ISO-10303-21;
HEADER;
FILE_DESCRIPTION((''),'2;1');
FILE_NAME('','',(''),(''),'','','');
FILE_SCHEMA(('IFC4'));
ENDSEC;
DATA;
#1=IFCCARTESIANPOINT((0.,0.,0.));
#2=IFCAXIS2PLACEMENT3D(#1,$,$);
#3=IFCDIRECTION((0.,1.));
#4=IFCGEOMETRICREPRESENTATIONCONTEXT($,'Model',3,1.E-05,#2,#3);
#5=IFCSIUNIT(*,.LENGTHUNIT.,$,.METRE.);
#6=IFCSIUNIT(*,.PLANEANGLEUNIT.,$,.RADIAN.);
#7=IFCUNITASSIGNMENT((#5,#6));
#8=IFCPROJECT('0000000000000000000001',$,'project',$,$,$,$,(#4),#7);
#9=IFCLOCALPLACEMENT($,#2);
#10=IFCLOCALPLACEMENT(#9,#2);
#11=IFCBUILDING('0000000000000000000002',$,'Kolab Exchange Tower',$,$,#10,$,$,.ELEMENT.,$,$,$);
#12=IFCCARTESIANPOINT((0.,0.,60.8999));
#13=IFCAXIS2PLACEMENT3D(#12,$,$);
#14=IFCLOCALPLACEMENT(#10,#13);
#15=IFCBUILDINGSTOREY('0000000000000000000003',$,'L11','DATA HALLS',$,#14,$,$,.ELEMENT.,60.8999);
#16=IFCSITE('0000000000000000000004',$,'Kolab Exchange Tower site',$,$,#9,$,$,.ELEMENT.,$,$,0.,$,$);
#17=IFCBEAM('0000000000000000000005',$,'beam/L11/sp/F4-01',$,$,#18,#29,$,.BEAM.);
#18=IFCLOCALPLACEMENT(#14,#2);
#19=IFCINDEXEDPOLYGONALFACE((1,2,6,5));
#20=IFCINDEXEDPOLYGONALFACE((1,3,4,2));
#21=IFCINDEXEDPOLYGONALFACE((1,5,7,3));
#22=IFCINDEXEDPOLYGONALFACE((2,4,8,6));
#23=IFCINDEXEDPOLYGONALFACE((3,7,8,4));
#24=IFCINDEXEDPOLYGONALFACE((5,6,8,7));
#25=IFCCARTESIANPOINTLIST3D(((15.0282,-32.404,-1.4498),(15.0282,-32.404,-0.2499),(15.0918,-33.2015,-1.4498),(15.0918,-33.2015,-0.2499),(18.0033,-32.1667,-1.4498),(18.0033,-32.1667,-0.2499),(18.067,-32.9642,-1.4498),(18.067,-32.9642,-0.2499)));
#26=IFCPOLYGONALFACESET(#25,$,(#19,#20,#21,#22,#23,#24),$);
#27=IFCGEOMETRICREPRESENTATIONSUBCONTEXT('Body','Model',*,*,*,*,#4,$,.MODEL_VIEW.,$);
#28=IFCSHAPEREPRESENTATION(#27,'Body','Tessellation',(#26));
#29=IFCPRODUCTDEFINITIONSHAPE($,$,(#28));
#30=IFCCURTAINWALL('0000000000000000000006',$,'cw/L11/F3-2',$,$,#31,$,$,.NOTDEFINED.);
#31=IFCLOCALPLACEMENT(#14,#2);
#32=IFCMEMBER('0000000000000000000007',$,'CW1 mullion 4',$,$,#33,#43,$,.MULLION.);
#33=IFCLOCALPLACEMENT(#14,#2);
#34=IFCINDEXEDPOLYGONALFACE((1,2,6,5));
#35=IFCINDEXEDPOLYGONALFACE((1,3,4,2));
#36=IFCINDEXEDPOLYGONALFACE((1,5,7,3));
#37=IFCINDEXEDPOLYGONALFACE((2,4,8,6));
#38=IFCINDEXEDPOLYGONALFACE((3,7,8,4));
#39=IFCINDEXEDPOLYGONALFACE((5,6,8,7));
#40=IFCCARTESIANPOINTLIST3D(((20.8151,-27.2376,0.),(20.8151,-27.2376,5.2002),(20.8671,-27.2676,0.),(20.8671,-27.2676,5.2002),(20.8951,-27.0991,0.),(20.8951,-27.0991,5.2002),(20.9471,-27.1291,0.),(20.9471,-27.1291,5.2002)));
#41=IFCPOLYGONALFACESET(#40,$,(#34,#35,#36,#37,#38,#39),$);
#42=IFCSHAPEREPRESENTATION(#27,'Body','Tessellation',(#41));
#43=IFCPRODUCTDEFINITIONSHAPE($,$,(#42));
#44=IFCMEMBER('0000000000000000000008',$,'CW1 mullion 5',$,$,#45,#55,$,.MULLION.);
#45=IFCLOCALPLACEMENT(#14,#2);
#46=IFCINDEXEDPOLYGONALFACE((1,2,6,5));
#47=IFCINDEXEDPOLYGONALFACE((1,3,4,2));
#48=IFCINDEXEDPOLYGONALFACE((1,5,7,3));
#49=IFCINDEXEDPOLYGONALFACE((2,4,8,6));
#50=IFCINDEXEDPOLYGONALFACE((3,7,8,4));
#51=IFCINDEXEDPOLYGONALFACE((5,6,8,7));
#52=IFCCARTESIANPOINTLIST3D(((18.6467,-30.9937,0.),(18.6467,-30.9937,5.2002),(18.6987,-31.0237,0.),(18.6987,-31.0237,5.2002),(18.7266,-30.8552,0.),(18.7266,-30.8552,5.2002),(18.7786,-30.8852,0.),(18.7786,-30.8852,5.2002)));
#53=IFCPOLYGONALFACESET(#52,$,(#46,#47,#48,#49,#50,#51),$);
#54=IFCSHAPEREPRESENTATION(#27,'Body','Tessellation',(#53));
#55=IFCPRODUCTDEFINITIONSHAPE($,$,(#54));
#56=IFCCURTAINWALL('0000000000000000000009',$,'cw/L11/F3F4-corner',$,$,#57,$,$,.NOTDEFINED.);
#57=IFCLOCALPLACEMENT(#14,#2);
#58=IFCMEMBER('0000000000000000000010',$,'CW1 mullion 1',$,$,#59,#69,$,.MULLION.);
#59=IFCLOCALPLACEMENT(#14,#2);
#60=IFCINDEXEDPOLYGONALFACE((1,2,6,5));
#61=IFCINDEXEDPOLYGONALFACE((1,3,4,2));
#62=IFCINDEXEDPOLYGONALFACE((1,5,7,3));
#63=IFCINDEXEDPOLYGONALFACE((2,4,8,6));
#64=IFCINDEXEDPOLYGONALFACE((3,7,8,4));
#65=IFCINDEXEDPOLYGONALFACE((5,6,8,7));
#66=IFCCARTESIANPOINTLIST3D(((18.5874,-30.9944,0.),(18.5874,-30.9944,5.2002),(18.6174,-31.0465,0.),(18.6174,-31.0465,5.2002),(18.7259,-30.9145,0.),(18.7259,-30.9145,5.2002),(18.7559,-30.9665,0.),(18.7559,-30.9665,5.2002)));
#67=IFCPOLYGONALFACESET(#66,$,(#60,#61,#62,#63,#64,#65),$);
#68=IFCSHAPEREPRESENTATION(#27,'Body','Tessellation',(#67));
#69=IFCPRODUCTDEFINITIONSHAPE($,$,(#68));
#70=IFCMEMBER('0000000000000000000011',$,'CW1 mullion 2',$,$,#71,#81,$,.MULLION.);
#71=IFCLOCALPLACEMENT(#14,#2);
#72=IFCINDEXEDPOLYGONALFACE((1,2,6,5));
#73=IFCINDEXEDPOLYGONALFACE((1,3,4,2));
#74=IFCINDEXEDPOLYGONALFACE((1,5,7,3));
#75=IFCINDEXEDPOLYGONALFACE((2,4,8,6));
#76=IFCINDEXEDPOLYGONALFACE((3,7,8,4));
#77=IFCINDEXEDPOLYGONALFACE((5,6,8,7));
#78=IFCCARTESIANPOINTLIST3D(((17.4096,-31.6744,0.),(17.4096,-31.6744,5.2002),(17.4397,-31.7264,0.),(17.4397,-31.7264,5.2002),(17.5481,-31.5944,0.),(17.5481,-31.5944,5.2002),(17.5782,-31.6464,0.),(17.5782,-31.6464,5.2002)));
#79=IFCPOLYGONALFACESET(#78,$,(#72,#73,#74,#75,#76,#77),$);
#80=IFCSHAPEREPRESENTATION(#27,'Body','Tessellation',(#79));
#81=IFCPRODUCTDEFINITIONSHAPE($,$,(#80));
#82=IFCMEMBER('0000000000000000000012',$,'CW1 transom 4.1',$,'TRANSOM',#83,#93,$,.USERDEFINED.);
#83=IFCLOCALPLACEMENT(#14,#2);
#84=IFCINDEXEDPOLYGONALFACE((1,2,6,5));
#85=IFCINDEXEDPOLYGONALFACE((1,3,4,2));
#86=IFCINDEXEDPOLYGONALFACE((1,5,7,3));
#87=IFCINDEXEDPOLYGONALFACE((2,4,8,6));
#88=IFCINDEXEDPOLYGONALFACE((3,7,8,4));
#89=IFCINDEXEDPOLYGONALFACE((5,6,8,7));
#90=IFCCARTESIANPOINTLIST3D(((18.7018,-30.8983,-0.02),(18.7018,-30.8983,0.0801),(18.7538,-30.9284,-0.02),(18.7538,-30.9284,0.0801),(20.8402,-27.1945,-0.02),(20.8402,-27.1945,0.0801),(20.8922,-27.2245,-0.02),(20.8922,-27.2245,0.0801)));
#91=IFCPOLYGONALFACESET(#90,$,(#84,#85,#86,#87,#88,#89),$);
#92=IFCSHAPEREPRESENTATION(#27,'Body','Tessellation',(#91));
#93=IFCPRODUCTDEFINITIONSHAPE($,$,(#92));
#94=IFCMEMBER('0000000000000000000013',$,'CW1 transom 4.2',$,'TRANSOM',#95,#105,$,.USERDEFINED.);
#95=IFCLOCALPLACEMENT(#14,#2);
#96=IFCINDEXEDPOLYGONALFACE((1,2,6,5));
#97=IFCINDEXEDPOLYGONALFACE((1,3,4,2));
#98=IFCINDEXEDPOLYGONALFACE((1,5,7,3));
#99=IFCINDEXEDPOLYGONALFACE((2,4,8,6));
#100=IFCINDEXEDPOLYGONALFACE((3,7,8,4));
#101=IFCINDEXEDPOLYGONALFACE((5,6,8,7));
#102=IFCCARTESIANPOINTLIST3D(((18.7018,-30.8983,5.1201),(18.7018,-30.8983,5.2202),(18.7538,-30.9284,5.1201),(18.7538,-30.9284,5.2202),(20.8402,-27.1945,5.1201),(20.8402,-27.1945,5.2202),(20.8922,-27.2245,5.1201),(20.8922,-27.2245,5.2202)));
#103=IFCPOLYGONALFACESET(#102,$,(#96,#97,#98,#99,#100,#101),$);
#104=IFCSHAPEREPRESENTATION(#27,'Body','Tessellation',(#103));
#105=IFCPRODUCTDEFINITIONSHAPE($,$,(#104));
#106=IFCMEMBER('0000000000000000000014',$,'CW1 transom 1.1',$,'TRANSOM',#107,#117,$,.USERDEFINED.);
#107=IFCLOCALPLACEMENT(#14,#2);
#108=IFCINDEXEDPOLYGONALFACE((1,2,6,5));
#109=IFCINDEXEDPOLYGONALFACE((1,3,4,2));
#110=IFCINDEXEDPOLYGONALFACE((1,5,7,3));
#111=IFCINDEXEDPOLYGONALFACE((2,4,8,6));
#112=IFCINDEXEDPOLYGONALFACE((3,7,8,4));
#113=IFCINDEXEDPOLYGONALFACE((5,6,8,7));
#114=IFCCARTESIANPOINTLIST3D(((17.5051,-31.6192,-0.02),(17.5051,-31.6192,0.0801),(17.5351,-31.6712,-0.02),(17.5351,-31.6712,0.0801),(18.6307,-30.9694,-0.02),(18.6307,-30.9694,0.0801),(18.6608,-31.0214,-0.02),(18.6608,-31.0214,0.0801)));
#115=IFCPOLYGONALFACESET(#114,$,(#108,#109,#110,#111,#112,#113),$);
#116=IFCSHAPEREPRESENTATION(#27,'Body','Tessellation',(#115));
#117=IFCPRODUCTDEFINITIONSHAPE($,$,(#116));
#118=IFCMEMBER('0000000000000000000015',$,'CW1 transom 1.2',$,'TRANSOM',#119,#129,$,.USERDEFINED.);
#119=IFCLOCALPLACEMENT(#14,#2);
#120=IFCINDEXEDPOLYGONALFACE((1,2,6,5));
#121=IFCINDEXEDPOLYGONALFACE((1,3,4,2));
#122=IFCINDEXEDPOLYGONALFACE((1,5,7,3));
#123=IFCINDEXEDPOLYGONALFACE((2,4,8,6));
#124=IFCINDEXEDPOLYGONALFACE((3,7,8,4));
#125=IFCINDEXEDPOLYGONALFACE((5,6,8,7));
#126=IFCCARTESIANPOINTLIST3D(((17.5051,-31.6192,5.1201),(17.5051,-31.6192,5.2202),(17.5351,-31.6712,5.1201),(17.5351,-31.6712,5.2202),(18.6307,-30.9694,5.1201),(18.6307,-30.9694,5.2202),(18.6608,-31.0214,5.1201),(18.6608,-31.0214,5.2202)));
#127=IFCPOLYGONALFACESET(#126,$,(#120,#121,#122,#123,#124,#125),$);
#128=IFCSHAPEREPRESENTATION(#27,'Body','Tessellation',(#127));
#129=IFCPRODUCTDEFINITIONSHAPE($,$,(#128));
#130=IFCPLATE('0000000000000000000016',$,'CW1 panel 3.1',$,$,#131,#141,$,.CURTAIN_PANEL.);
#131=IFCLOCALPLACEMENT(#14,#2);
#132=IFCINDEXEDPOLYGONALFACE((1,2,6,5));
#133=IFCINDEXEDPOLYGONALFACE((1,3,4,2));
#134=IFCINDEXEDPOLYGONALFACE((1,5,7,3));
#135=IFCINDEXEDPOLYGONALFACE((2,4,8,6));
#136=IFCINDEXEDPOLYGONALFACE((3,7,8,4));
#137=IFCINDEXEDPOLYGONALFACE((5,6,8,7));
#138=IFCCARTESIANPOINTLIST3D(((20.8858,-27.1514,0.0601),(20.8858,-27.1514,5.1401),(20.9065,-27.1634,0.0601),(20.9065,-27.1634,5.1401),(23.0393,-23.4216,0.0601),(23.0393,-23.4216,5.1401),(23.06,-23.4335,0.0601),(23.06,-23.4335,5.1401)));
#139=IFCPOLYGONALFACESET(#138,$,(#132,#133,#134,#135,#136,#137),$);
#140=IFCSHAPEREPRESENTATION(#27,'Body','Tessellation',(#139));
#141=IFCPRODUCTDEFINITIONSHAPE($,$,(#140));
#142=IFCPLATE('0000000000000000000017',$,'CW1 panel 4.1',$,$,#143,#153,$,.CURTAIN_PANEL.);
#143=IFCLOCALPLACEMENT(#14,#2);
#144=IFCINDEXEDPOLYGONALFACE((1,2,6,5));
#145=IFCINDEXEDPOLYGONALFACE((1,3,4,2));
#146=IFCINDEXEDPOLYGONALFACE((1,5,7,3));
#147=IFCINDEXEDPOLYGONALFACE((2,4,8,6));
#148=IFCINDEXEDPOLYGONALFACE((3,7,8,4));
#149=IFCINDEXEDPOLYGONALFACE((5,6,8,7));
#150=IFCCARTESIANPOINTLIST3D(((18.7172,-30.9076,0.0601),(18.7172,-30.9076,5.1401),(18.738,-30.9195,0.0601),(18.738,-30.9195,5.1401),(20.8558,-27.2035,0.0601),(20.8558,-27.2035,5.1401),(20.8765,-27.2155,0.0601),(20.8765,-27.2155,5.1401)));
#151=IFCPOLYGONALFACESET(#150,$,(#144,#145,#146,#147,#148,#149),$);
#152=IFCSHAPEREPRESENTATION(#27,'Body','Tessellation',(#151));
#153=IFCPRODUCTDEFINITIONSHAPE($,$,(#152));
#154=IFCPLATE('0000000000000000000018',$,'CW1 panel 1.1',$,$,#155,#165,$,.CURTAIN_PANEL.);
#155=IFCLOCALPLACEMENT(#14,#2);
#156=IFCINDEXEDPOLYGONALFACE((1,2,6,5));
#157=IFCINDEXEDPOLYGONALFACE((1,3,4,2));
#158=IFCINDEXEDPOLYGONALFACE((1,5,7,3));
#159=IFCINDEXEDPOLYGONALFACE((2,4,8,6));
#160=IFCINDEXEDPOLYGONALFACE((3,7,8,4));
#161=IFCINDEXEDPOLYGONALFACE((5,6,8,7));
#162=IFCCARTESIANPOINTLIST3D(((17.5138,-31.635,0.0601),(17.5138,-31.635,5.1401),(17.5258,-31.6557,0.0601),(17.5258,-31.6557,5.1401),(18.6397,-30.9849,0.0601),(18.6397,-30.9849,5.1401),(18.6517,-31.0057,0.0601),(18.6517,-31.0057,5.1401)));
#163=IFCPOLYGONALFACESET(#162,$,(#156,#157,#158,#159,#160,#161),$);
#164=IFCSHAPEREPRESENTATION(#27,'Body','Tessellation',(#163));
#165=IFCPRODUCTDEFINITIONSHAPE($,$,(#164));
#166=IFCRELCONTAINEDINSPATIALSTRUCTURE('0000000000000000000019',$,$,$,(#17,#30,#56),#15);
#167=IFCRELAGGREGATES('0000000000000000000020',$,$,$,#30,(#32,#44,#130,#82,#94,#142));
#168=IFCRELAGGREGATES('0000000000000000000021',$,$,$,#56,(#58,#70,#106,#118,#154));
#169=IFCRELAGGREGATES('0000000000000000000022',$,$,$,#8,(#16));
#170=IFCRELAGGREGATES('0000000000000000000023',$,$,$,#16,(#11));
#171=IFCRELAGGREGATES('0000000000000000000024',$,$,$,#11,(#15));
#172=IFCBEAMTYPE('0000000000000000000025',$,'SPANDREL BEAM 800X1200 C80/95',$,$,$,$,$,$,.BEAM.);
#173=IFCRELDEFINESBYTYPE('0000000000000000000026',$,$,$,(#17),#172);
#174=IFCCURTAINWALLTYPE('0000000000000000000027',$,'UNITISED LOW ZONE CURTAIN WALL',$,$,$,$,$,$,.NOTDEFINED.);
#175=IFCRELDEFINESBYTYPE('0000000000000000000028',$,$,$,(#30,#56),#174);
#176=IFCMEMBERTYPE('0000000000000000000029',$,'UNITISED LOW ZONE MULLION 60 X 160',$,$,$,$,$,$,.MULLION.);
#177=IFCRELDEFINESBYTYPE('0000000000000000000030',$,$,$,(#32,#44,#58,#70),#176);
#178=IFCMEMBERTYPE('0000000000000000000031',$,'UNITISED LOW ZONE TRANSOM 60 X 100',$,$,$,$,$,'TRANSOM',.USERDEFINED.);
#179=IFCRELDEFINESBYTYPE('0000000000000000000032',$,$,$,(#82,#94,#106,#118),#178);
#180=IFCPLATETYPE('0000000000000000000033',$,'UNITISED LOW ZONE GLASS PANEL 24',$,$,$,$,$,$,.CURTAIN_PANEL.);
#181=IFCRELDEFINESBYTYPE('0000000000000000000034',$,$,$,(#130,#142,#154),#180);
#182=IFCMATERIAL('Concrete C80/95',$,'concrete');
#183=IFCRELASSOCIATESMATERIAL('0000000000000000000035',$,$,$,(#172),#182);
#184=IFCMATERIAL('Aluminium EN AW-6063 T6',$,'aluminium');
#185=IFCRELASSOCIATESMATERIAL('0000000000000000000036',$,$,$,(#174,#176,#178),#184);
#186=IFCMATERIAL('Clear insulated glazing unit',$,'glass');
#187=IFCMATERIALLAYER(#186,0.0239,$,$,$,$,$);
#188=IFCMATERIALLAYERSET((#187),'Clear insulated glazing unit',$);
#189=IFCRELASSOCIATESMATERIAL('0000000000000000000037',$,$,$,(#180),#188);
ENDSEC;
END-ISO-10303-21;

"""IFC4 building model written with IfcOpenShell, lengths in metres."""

from ifc_helpers import new_model, si_unit, direction, frame, origin, origin_2d, place, context, subcontext, project, spatial, rectangle, extrude, material, layer, layer_set, material_profile, profile_set, type_object, element, aggregate, save


model = new_model("IFC4")

# Units and contexts
model_context = context("Model", 3, precision=1e-05, world=origin(), true_north=direction((0.0, 1.0)))
body_context = subcontext(model_context, "Body", "Model", "MODEL_VIEW")
ifc_project = project(units=[si_unit("LENGTHUNIT", "METRE"), si_unit("PLANEANGLEUNIT", "RADIAN")], contexts=[model_context])

# Site, building, storey
site_placement = place(None, origin())
site = spatial("IfcSite", under=ifc_project, at=site_placement, Name="Kolab Exchange Tower site", CompositionType="ELEMENT", RefElevation=0.0)
building_placement = place(site_placement, origin())
building = spatial("IfcBuilding", under=site, at=building_placement, Name="Kolab Exchange Tower", CompositionType="ELEMENT")
storey_placement = place(building_placement, frame((0.0, 0.0, 60.8999)))
storey = spatial("IfcBuildingStorey", under=building, at=storey_placement, Name="L11", Description="DATA HALLS", CompositionType="ELEMENT", Elevation=60.8999)

# Shared definitions
ifc_material_1 = material(Name="Concrete C80/95", Category="concrete")

# Beam
ifc_material_profile_1 = material_profile(ifc_material_1, rectangle(XDim=0.8, YDim=1.2, at=origin_2d()), Name="RC800X1200")
ifc_profile_set_1 = profile_set([ifc_material_profile_1], Name="Concrete C80/95")
beam_type_1 = type_object("IfcBeamType", Name="SPANDREL BEAM 800X1200 C80/95", PredefinedType="BEAM", material=ifc_profile_set_1)
beam_1_placement = place(storey_placement, frame((18.0352, -32.5654, -0.8499), z_axis=(-0.996834, -0.079511, 0.0), x_axis=(0.079511, -0.996834, 0.0)))
element("IfcBeam", 1, at=beam_1_placement, inside=storey, type_object=beam_type_1, Name="beam/L11/sp/F4-01", PredefinedType="BEAM", context=body_context, shape_type="SweptSolid", body=[
    extrude(rectangle(XDim=0.8, YDim=1.2, at=origin_2d()), origin(), (0.0, 0.0, 1.0), 2.9846),
])

# Curtain walls, members
ifc_material_2 = material(Name="Aluminium EN AW-6063 T6", Category="aluminium")
curtain_wall_type = type_object("IfcCurtainWallType", Name="UNITISED LOW ZONE CURTAIN WALL", PredefinedType="NOTDEFINED", material=ifc_material_2)
curtain_wall_1_placement = place(storey_placement, origin())
curtain_wall_1 = element("IfcCurtainWall", 2, at=curtain_wall_1_placement, inside=storey, type_object=curtain_wall_type, Name="cw/L11/F3-2", PredefinedType="NOTDEFINED")
ifc_material_profile_2 = material_profile(ifc_material_2, rectangle(XDim=0.0601, YDim=0.1599, at=origin_2d()), Name="RECT 60X160")
ifc_profile_set_2 = profile_set([ifc_material_profile_2], Name="Aluminium EN AW-6063 T6")
member_type_1 = type_object("IfcMemberType", Name="UNITISED LOW ZONE MULLION 60 X 160", PredefinedType="MULLION", material=ifc_profile_set_2)
member_1_placement = place(storey_placement, frame((20.8811, -27.1833, 0.0), z_axis=(0.0, 0.0, 1.0), x_axis=(0.866025, -0.5, 0.0)))
member_1 = element("IfcMember", 3, at=member_1_placement, type_object=member_type_1, Name="CW1 mullion 4", PredefinedType="MULLION", context=body_context, shape_type="SweptSolid", body=[
    extrude(rectangle(XDim=0.0601, YDim=0.1599, at=origin_2d()), origin(), (0.0, 0.0, 1.0), 5.2002),
])
member_2_placement = place(storey_placement, frame((18.7126, -30.9395, 0.0), z_axis=(0.0, 0.0, 1.0), x_axis=(0.866025, -0.5, 0.0)))
member_2 = element("IfcMember", 4, at=member_2_placement, type_object=member_type_1, Name="CW1 mullion 5", PredefinedType="MULLION", context=body_context, shape_type="SweptSolid", body=[
    extrude(rectangle(XDim=0.0601, YDim=0.1599, at=origin_2d()), origin(), (0.0, 0.0, 1.0), 5.2002),
])
curtain_wall_2_placement = place(storey_placement, origin())
curtain_wall_2 = element("IfcCurtainWall", 5, at=curtain_wall_2_placement, inside=storey, type_object=curtain_wall_type, Name="cw/L11/F3F4-corner", PredefinedType="NOTDEFINED")
member_3_placement = place(storey_placement, frame((18.6716, -30.9805, 0.0), z_axis=(0.0, 0.0, 1.0), x_axis=(0.5, -0.866025, 0.0)))
member_3 = element("IfcMember", 6, at=member_3_placement, type_object=member_type_1, Name="CW1 mullion 1", PredefinedType="MULLION", context=body_context, shape_type="SweptSolid", body=[
    extrude(rectangle(XDim=0.0601, YDim=0.1599, at=origin_2d()), origin(), (0.0, 0.0, 1.0), 5.2002),
])
member_4_placement = place(storey_placement, frame((17.4939, -31.6604, 0.0), z_axis=(0.0, 0.0, 1.0), x_axis=(0.5, -0.866025, 0.0)))
member_4 = element("IfcMember", 7, at=member_4_placement, type_object=member_type_1, Name="CW1 mullion 2", PredefinedType="MULLION", context=body_context, shape_type="SweptSolid", body=[
    extrude(rectangle(XDim=0.0601, YDim=0.1599, at=origin_2d()), origin(), (0.0, 0.0, 1.0), 5.2002),
])

# Members
ifc_material_profile_3 = material_profile(ifc_material_2, rectangle(XDim=0.0601, YDim=0.1001, at=origin_2d()), Name="RECT 60X100")
ifc_profile_set_3 = profile_set([ifc_material_profile_3], Name="Aluminium EN AW-6063 T6")
member_type_2 = type_object("IfcMemberType", Name="UNITISED LOW ZONE TRANSOM 60 X 100", ElementType="TRANSOM", PredefinedType="USERDEFINED", material=ifc_profile_set_3)
member_5_placement = place(storey_placement, frame((20.8662, -27.2095, 0.03), z_axis=(-0.500001, -0.866025, 0.0), x_axis=(0.866025, -0.500001, 0.0)))
member_5 = element("IfcMember", 8, at=member_5_placement, type_object=member_type_2, Name="CW1 transom 4.1", ObjectType="TRANSOM", PredefinedType="USERDEFINED", context=body_context, shape_type="SweptSolid", body=[
    extrude(rectangle(XDim=0.0601, YDim=0.1001, at=origin_2d()), origin(), (0.0, 0.0, 1.0), 4.2769),
])
member_6_placement = place(storey_placement, frame((20.8662, -27.2095, 5.1702), z_axis=(-0.500001, -0.866025, 0.0), x_axis=(0.866025, -0.500001, 0.0)))
member_6 = element("IfcMember", 9, at=member_6_placement, type_object=member_type_2, Name="CW1 transom 4.2", ObjectType="TRANSOM", PredefinedType="USERDEFINED", context=body_context, shape_type="SweptSolid", body=[
    extrude(rectangle(XDim=0.0601, YDim=0.1001, at=origin_2d()), origin(), (0.0, 0.0, 1.0), 4.2769),
])
member_7_placement = place(storey_placement, frame((18.6458, -30.9954, 0.03), z_axis=(-0.866039, -0.499977, 0.0), x_axis=(0.499977, -0.866039, 0.0)))
member_7 = element("IfcMember", 10, at=member_7_placement, type_object=member_type_2, Name="CW1 transom 1.1", ObjectType="TRANSOM", PredefinedType="USERDEFINED", context=body_context, shape_type="SweptSolid", body=[
    extrude(rectangle(XDim=0.0601, YDim=0.1001, at=origin_2d()), origin(), (0.0, 0.0, 1.0), 1.2998),
])
member_8_placement = place(storey_placement, frame((18.6458, -30.9954, 5.1702), z_axis=(-0.866039, -0.499977, 0.0), x_axis=(0.499977, -0.866039, 0.0)))
member_8 = element("IfcMember", 11, at=member_8_placement, type_object=member_type_2, Name="CW1 transom 1.2", ObjectType="TRANSOM", PredefinedType="USERDEFINED", context=body_context, shape_type="SweptSolid", body=[
    extrude(rectangle(XDim=0.0601, YDim=0.1001, at=origin_2d()), origin(), (0.0, 0.0, 1.0), 1.2998),
])

# Plates
ifc_material_3 = material(Name="Clear insulated glazing unit", Category="glass")
ifc_layer = layer(ifc_material_3, 0.0239)
ifc_layer_set = layer_set([ifc_layer], Name="Clear insulated glazing unit")
plate_type = type_object("IfcPlateType", Name="UNITISED LOW ZONE GLASS PANEL 24", PredefinedType="CURTAIN_PANEL", material=ifc_layer_set)
plate_1_placement = place(storey_placement, frame((21.9729, -25.2925, 0.0601), z_axis=(0.0, 0.0, 1.0), x_axis=(-0.5, -0.866025, 0.0)))
plate_1 = element("IfcPlate", 12, at=plate_1_placement, type_object=plate_type, Name="CW1 panel 3.1", PredefinedType="CURTAIN_PANEL", context=body_context, shape_type="SweptSolid", body=[
    extrude(rectangle(XDim=4.3069, YDim=0.0239, at=origin_2d()), origin(), (0.0, 0.0, 1.0), 5.0801),
])
plate_2_placement = place(storey_placement, frame((19.7969, -29.0615, 0.0601), z_axis=(0.0, 0.0, 1.0), x_axis=(-0.5, -0.866025, 0.0)))
plate_2 = element("IfcPlate", 13, at=plate_2_placement, type_object=plate_type, Name="CW1 panel 4.1", PredefinedType="CURTAIN_PANEL", context=body_context, shape_type="SweptSolid", body=[
    extrude(rectangle(XDim=4.2771, YDim=0.0239, at=origin_2d()), origin(), (0.0, 0.0, 1.0), 5.0801),
])
aggregate(curtain_wall_1, [member_1, member_2, plate_1, member_5, member_6, plate_2])
plate_3_placement = place(storey_placement, frame((18.0828, -31.3203, 0.0601), z_axis=(0.0, 0.0, 1.0), x_axis=(-0.866025, -0.5, 0.0)))
plate_3 = element("IfcPlate", 14, at=plate_3_placement, type_object=plate_type, Name="CW1 panel 1.1", PredefinedType="CURTAIN_PANEL", context=body_context, shape_type="SweptSolid", body=[
    extrude(rectangle(XDim=1.3, YDim=0.0239, at=origin_2d()), origin(), (0.0, 0.0, 1.0), 5.0801),
])
aggregate(curtain_wall_2, [member_3, member_4, member_7, member_8, plate_3])

save(model, "model.ifc")
